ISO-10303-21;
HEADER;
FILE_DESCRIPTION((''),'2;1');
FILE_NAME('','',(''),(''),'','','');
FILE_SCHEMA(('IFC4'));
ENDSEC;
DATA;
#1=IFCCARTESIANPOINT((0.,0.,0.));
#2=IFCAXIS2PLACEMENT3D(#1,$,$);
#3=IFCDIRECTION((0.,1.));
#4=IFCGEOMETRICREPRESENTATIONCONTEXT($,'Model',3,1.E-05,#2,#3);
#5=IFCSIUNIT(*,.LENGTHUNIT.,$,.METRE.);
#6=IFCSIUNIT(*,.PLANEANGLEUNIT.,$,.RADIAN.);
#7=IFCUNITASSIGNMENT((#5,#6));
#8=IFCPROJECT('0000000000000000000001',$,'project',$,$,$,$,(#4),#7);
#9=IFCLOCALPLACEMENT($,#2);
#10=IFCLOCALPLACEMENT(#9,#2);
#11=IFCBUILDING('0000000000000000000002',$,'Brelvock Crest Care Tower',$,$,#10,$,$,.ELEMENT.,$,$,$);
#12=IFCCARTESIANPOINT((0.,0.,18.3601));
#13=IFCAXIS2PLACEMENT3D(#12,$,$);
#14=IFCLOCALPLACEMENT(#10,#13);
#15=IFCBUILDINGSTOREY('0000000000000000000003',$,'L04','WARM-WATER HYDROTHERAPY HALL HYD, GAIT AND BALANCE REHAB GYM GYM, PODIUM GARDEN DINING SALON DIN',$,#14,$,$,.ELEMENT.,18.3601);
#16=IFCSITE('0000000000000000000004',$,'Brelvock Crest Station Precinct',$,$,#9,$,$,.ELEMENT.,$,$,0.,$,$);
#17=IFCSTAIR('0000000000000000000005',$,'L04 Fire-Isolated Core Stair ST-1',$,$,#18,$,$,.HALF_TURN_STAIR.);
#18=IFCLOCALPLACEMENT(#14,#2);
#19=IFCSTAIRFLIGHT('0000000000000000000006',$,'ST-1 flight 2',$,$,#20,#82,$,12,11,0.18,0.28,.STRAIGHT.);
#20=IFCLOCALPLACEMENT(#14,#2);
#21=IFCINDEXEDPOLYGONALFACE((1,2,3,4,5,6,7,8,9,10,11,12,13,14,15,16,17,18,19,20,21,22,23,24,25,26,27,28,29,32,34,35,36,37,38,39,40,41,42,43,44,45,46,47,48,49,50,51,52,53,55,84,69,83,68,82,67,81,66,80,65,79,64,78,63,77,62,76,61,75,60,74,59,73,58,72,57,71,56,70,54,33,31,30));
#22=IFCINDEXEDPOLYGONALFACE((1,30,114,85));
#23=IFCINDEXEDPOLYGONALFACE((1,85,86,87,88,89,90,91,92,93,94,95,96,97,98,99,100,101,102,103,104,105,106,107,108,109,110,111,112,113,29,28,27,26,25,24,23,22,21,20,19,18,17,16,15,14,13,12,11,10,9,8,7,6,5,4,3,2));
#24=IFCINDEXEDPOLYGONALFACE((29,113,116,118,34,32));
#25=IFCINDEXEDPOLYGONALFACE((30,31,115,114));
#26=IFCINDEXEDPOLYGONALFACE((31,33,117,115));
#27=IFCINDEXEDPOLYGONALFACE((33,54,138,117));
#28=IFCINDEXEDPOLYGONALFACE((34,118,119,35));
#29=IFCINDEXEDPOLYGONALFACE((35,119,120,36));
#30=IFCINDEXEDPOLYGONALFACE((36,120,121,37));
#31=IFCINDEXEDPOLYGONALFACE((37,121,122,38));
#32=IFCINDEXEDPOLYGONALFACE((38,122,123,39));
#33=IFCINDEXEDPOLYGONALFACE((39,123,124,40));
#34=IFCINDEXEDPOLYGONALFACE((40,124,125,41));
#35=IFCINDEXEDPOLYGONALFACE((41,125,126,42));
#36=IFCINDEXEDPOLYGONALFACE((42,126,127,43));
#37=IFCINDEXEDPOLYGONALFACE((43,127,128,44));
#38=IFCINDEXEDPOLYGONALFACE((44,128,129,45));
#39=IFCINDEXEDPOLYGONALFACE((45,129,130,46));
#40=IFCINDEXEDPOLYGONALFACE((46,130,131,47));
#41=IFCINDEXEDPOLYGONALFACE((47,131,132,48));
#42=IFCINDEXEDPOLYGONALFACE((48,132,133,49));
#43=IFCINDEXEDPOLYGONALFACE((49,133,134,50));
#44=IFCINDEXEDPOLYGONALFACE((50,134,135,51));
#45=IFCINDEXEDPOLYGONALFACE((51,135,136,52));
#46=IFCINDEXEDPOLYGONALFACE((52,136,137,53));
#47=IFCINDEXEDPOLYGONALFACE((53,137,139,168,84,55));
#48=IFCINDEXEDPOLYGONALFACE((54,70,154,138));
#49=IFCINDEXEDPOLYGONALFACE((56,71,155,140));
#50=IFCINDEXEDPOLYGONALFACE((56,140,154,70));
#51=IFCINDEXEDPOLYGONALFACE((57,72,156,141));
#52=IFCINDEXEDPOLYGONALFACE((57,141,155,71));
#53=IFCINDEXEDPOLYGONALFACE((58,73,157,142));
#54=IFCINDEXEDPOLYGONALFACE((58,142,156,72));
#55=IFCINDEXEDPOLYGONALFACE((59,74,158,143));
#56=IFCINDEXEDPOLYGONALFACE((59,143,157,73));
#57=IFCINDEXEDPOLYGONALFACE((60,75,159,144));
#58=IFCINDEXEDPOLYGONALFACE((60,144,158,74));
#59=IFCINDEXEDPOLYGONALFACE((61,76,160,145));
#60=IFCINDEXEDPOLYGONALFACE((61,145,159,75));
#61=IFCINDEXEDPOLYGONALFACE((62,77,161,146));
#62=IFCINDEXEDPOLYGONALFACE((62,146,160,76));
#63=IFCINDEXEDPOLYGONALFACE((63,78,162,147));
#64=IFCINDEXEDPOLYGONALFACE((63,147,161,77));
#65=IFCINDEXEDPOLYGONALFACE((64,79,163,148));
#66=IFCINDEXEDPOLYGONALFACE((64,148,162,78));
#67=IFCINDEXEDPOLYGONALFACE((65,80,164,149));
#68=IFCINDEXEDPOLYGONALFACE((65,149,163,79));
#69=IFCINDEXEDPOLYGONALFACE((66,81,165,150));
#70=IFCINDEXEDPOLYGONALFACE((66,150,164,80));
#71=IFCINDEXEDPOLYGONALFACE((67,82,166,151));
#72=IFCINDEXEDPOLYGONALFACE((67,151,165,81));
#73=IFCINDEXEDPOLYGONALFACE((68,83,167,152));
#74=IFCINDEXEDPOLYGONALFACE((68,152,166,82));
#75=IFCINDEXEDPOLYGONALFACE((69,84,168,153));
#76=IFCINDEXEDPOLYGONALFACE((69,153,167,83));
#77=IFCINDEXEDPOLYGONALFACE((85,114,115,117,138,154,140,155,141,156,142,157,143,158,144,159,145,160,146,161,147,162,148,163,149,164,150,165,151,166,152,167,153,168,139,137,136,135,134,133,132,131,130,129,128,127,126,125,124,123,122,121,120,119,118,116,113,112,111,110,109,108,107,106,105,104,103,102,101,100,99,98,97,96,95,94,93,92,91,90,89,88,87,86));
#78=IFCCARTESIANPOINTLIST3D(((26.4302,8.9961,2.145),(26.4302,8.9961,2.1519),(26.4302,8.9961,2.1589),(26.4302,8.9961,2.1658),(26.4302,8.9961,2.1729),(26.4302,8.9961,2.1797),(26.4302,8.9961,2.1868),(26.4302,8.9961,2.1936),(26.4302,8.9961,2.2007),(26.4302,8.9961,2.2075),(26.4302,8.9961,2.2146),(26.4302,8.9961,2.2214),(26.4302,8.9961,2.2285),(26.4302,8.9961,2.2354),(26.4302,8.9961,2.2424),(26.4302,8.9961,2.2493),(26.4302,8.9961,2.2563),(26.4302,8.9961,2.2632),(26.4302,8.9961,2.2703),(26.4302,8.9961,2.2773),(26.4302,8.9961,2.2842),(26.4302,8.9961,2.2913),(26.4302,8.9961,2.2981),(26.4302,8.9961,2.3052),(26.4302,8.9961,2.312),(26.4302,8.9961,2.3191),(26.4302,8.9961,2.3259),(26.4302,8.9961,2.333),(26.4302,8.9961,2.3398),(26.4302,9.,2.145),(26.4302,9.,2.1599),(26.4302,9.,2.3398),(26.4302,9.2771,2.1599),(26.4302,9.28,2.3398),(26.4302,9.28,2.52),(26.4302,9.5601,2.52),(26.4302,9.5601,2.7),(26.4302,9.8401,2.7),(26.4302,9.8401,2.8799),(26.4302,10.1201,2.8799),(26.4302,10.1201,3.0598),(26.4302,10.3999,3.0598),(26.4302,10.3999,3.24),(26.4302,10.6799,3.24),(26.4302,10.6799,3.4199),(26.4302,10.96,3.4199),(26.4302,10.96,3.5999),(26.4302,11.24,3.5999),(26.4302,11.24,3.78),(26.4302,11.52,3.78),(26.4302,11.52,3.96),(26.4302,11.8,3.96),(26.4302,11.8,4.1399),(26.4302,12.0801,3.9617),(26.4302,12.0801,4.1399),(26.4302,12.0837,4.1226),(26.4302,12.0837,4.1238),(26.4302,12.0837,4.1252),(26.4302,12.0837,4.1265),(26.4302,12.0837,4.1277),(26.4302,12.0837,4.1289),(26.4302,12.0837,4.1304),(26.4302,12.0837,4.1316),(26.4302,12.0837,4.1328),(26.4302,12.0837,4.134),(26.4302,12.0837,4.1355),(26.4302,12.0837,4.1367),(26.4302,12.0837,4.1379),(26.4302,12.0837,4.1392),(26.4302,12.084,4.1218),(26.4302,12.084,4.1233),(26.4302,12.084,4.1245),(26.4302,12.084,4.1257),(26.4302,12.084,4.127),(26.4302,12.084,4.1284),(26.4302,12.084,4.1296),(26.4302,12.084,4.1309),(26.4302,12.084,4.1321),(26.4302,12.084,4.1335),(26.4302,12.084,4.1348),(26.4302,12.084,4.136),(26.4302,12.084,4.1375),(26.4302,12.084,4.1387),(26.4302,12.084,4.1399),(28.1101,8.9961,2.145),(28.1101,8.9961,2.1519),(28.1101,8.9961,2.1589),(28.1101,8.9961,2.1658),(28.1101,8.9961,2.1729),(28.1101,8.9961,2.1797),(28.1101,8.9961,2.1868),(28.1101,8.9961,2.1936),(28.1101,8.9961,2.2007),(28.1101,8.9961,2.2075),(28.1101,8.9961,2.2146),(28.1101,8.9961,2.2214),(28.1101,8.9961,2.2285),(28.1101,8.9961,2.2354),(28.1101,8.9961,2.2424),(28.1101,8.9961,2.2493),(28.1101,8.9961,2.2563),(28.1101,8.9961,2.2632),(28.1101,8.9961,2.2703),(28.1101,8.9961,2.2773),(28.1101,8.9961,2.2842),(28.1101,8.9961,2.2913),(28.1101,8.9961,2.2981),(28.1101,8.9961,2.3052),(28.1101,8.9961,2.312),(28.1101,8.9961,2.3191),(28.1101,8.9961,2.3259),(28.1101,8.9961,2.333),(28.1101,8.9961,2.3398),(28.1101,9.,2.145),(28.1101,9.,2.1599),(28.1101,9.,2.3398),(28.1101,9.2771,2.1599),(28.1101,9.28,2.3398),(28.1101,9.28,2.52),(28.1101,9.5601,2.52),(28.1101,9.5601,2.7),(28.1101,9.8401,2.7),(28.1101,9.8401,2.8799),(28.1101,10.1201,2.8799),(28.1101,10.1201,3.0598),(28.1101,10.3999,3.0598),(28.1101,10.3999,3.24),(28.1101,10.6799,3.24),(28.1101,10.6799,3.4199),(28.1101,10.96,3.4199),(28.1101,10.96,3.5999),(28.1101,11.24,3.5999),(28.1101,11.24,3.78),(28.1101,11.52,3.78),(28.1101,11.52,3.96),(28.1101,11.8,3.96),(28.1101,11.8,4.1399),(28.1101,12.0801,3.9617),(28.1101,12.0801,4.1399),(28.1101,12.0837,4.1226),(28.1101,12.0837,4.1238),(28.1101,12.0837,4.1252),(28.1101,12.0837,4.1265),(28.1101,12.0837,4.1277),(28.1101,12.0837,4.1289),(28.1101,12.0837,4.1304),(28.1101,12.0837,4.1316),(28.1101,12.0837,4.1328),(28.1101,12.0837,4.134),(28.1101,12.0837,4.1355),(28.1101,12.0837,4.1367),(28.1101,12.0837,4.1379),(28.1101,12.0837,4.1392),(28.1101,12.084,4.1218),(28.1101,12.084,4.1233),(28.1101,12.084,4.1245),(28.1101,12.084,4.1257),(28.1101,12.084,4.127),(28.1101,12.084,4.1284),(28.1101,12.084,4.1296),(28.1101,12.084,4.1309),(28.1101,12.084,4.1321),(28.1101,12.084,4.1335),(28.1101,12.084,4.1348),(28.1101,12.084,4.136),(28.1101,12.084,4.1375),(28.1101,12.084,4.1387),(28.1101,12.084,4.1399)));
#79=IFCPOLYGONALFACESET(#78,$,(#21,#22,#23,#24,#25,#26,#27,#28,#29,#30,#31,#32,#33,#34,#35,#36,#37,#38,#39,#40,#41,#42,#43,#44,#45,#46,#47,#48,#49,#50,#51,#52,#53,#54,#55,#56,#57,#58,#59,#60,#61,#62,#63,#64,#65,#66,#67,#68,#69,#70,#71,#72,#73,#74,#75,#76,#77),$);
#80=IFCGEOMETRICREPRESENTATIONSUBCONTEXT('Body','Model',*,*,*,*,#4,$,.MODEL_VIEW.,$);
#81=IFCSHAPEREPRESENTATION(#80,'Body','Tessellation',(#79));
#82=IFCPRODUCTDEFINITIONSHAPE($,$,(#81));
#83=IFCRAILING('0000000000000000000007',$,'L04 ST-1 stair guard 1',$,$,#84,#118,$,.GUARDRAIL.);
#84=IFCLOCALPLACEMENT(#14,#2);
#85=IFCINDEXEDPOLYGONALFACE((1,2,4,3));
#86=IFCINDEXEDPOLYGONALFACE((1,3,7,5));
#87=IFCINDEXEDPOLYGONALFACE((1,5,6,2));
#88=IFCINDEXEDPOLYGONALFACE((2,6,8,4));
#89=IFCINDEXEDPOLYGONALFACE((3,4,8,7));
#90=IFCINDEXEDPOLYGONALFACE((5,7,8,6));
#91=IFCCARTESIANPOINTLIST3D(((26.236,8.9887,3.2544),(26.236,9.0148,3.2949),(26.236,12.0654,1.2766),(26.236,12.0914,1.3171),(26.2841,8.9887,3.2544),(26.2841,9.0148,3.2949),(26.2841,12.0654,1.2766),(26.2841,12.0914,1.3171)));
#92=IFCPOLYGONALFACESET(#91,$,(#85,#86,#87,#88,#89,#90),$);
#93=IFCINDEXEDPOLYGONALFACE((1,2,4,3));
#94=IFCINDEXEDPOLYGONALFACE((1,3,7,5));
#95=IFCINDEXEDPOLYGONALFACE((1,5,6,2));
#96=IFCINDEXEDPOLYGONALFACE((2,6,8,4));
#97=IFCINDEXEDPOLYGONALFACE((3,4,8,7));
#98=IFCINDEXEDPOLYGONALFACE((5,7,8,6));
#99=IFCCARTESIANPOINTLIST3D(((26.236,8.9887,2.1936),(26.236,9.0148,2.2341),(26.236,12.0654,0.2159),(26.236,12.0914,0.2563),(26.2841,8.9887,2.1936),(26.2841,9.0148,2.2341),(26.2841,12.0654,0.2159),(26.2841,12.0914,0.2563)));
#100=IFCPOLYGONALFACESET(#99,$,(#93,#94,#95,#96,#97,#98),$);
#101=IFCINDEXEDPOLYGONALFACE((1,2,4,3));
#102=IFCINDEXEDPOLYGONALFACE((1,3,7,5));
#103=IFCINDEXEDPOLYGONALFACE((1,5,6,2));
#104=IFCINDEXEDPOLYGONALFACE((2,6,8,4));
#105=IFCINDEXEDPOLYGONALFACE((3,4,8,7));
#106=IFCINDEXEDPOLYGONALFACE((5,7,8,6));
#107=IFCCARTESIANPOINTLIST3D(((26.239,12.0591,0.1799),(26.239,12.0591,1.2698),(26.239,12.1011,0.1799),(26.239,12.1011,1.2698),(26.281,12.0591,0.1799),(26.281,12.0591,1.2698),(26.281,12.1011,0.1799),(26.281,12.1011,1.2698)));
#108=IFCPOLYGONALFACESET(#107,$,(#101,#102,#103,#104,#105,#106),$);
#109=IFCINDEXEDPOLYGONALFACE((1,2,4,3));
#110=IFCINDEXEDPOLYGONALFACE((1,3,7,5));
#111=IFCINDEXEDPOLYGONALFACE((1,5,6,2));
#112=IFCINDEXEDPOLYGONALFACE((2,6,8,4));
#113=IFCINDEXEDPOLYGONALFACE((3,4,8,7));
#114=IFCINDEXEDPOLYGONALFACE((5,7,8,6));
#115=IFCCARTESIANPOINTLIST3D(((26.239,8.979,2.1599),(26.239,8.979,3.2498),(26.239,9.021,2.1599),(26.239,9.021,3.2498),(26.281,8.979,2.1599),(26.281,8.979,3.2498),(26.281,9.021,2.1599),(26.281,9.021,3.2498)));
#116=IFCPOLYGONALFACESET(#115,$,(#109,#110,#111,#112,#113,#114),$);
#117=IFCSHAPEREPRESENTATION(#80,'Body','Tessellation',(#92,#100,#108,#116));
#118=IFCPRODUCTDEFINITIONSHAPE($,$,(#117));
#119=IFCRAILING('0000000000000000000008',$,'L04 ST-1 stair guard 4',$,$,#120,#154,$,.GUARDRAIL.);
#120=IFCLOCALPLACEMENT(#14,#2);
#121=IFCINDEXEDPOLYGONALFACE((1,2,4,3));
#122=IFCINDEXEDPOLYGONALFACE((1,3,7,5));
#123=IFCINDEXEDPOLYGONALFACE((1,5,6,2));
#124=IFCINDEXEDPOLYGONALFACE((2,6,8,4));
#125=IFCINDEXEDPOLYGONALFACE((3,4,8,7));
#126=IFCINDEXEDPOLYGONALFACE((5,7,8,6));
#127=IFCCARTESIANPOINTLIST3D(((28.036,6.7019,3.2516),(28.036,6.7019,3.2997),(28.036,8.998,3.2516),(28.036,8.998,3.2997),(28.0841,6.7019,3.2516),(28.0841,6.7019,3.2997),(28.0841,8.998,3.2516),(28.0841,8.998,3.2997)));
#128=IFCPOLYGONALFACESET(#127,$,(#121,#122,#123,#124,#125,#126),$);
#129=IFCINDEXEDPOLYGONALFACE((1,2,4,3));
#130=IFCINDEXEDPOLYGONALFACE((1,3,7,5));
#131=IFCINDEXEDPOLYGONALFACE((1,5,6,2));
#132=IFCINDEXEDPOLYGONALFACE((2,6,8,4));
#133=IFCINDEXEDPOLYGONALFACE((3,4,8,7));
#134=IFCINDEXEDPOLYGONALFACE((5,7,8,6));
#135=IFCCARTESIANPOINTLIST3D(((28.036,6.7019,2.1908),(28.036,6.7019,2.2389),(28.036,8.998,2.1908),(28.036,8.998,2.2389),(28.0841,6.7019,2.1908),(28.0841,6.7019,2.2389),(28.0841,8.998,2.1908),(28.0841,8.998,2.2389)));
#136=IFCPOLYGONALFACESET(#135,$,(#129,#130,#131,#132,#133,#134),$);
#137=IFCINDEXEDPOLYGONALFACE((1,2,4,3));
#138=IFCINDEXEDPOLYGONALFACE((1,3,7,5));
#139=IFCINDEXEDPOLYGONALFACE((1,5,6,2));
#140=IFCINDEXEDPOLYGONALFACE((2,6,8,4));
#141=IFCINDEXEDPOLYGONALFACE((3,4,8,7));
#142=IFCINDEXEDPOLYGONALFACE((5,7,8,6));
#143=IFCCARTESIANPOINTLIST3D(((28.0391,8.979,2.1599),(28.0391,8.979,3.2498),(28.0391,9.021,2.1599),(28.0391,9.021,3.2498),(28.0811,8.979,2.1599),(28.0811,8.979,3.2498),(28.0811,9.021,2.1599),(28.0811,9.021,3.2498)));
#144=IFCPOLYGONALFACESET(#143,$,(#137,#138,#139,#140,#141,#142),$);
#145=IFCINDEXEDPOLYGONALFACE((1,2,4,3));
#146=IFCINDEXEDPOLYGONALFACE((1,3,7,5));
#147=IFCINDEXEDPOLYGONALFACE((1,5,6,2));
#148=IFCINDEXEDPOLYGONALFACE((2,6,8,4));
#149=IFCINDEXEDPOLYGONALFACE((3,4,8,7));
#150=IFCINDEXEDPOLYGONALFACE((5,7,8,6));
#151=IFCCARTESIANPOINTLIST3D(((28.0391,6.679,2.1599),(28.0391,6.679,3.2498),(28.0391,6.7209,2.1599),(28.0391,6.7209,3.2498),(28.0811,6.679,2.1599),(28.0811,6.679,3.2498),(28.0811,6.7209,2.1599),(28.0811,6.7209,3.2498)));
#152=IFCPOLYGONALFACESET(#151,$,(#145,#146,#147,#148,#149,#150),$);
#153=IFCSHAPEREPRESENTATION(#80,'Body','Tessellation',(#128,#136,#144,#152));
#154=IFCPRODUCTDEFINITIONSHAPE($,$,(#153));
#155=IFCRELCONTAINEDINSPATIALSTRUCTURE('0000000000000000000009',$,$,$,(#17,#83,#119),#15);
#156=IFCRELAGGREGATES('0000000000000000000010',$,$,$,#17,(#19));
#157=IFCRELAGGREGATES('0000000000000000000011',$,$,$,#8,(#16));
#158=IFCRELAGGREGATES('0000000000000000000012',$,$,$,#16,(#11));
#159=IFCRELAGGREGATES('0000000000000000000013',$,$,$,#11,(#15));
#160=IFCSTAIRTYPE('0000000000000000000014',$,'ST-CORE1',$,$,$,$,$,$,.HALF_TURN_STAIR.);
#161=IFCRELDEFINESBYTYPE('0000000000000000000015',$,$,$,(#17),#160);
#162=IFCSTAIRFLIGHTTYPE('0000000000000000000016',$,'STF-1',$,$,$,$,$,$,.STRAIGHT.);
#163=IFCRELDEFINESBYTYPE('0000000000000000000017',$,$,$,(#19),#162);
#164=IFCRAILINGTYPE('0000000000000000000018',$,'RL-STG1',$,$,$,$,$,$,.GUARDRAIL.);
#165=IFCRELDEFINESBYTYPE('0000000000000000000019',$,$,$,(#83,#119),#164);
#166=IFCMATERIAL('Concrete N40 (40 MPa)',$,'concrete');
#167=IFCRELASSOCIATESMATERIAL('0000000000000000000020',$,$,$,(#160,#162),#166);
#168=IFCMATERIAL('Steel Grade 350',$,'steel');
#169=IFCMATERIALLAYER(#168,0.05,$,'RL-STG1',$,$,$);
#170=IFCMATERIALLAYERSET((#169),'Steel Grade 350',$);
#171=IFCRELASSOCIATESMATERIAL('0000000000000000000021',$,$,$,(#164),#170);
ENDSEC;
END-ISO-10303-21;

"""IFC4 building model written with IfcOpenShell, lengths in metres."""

from ifc_helpers import new_model, si_unit, direction, frame, origin, origin_2d, place, context, subcontext, project, spatial, polyline, rectangle, outline, extrude, material, layer, layer_set, type_object, element, aggregate, save


model = new_model("IFC4")

# Units and contexts
model_context = context("Model", 3, precision=1e-05, world=origin(), true_north=direction((0.0, 1.0)))
body_context = subcontext(model_context, "Body", "Model", "MODEL_VIEW")
ifc_project = project(units=[si_unit("LENGTHUNIT", "METRE"), si_unit("PLANEANGLEUNIT", "RADIAN")], contexts=[model_context])

# Site, building, storey
site_placement = place(None, origin())
site = spatial("IfcSite", under=ifc_project, at=site_placement, Name="Brelvock Crest Station Precinct", CompositionType="ELEMENT", RefElevation=0.0)
building_placement = place(site_placement, origin())
building = spatial("IfcBuilding", under=site, at=building_placement, Name="Brelvock Crest Care Tower", CompositionType="ELEMENT")
storey_placement = place(building_placement, frame((0.0, 0.0, 18.3601)))
storey = spatial("IfcBuildingStorey", under=building, at=storey_placement, Name="L04", Description="WARM-WATER HYDROTHERAPY HALL HYD, GAIT AND BALANCE REHAB GYM GYM, PODIUM GARDEN DINING SALON DIN", CompositionType="ELEMENT", Elevation=18.3601)

# Shared definitions
ifc_material_1 = material(Name="Steel Grade 350", Category="steel")

# Stair, stair flight
ifc_material_2 = material(Name="Concrete N40 (40 MPa)", Category="concrete")
stair_type = type_object("IfcStairType", Name="ST-CORE1", PredefinedType="HALF_TURN_STAIR", material=ifc_material_2)
stair_placement = place(storey_placement, origin())
stair = element("IfcStair", 1, at=stair_placement, inside=storey, type_object=stair_type, Name="L04 Fire-Isolated Core Stair ST-1", PredefinedType="HALF_TURN_STAIR")
stair_flight_type = type_object("IfcStairFlightType", Name="STF-1", PredefinedType="STRAIGHT", material=ifc_material_2)
stair_flight_1_placement = place(storey_placement, frame((27.27, 9.0, 2.1599), z_axis=(0.0, 0.0, 1.0), x_axis=(0.0, 1.0, 0.0)))
stair_flight_1 = element("IfcStairFlight", 2, at=stair_flight_1_placement, type_object=stair_flight_type, Name="ST-1 flight 2", NumberOfRisers=12, NumberOfTreads=11, PredefinedType="STRAIGHT", RiserHeight=0.18, TreadLength=0.28, context=body_context, shape_type="SweptSolid", body=[
    extrude(outline(polyline([(-0.0039, -0.0149), (-0.0039, -0.0081), (-0.0039, -0.001), (-0.0039, 0.0059), (-0.0039, 0.0129), (-0.0039, 0.0198), (-0.0039, 0.0269), (-0.0039, 0.0337), (-0.0039, 0.0408), (-0.0039, 0.0476), (-0.0039, 0.0547), (-0.0039, 0.0615), (-0.0039, 0.0686), (-0.0039, 0.0754), (-0.0039, 0.0825), (-0.0039, 0.0894), (-0.0039, 0.0964), (-0.0039, 0.1033), (-0.0039, 0.1104), (-0.0039, 0.1174), (-0.0039, 0.1243), (-0.0039, 0.1313), (-0.0039, 0.1382), (-0.0039, 0.1453), (-0.0039, 0.1521), (-0.0039, 0.1592), (-0.0039, 0.166), (-0.0039, 0.1731), (-0.0039, 0.1799), (0.0, 0.1799), (0.28, 0.1799), (0.28, 0.3601), (0.5601, 0.3601), (0.5601, 0.54), (0.8401, 0.54), (0.8401, 0.72), (1.1201, 0.72), (1.1201, 0.8999), (1.3999, 0.8999), (1.3999, 1.0801), (1.6799, 1.0801), (1.6799, 1.26), (1.96, 1.26), (1.96, 1.4399), (2.24, 1.4399), (2.24, 1.6201), (2.52, 1.6201), (2.52, 1.8), (2.8, 1.8), (2.8, 1.98), (3.0801, 1.98), (3.084, 1.98), (3.0837, 1.9792), (3.084, 1.9788), (3.0837, 1.978), (3.084, 1.9775), (3.0837, 1.9768), (3.084, 1.9761), (3.0837, 1.9756), (3.084, 1.9749), (3.0837, 1.9741), (3.084, 1.9736), (3.0837, 1.9729), (3.084, 1.9722), (3.0837, 1.9717), (3.084, 1.9709), (3.0837, 1.9705), (3.084, 1.9697), (3.0837, 1.969), (3.084, 1.9685), (3.0837, 1.9678), (3.084, 1.967), (3.0837, 1.9666), (3.084, 1.9658), (3.0837, 1.9653), (3.084, 1.9646), (3.0837, 1.9639), (3.084, 1.9634), (3.0837, 1.9626), (3.084, 1.9619), (3.0801, 1.8018), (0.2771, 0.0), (0.0, 0.0), (0.0, -0.0149), (-0.0039, -0.0149)])), frame((0.0, 0.8398, 0.0), z_axis=(0.0, -1.0, 0.0), x_axis=(1.0, 0.0, 0.0)), (0.0, 0.0, 1.0), 1.6799),
])
aggregate(stair, [stair_flight_1])

# Railings
ifc_layer_1 = layer(ifc_material_1, 0.05, Name="RL-STG1")
ifc_layer_set_1 = layer_set([ifc_layer_1], Name="Steel Grade 350")
railing_type_1 = type_object("IfcRailingType", Name="RL-STG1", PredefinedType="GUARDRAIL", material=ifc_layer_set_1)
railing_1_placement = place(storey_placement, frame((26.26, 12.0801, 0.1799)))
element("IfcRailing", 3, at=railing_1_placement, inside=storey, type_object=railing_type_1, Name="L04 ST-1 stair guard 1", PredefinedType="GUARDRAIL", context=body_context, shape_type="SweptSolid", body=[
    extrude(rectangle(XDim=0.0481, YDim=0.0481, at=origin_2d()), frame((0.0, -0.0017, 1.1169), z_axis=(0.0, -0.841187, 0.540744), x_axis=(1.0, 0.0, 0.0)), (0.0, 0.0, 1.0), 3.6575),
    extrude(rectangle(XDim=0.0481, YDim=0.0481, at=origin_2d()), frame((0.0, -0.0017, 0.0562), z_axis=(0.0, -0.841187, 0.540744), x_axis=(1.0, 0.0, 0.0)), (0.0, 0.0, 1.0), 3.6575),
    extrude(rectangle(XDim=0.042, YDim=0.042, at=origin_2d()), origin(), (0.0, 0.0, 1.0), 1.0898),
    extrude(rectangle(XDim=0.042, YDim=0.042, at=origin_2d()), frame((0.0, -3.0801, 1.98)), (0.0, 0.0, 1.0), 1.0898),
])
railing_2_placement = place(storey_placement, frame((28.0601, 9.0, 2.1599)))
element("IfcRailing", 4, at=railing_2_placement, inside=storey, type_object=railing_type_1, Name="L04 ST-1 stair guard 4", PredefinedType="GUARDRAIL", context=body_context, shape_type="SweptSolid", body=[
    extrude(rectangle(XDim=0.0481, YDim=0.0481, at=origin_2d()), frame((0.0, -0.002, 1.1157), z_axis=(0.0, -1.0, 0.0), x_axis=(1.0, 0.0, 0.0)), (0.0, 0.0, 1.0), 2.2961),
    extrude(rectangle(XDim=0.0481, YDim=0.0481, at=origin_2d()), frame((0.0, -0.002, 0.0549), z_axis=(0.0, -1.0, 0.0), x_axis=(1.0, 0.0, 0.0)), (0.0, 0.0, 1.0), 2.2961),
    extrude(rectangle(XDim=0.042, YDim=0.042, at=origin_2d()), origin(), (0.0, 0.0, 1.0), 1.0898),
    extrude(rectangle(XDim=0.042, YDim=0.042, at=origin_2d()), frame((0.0, -2.3, 0.0)), (0.0, 0.0, 1.0), 1.0898),
])

save(model, "model.ifc")
